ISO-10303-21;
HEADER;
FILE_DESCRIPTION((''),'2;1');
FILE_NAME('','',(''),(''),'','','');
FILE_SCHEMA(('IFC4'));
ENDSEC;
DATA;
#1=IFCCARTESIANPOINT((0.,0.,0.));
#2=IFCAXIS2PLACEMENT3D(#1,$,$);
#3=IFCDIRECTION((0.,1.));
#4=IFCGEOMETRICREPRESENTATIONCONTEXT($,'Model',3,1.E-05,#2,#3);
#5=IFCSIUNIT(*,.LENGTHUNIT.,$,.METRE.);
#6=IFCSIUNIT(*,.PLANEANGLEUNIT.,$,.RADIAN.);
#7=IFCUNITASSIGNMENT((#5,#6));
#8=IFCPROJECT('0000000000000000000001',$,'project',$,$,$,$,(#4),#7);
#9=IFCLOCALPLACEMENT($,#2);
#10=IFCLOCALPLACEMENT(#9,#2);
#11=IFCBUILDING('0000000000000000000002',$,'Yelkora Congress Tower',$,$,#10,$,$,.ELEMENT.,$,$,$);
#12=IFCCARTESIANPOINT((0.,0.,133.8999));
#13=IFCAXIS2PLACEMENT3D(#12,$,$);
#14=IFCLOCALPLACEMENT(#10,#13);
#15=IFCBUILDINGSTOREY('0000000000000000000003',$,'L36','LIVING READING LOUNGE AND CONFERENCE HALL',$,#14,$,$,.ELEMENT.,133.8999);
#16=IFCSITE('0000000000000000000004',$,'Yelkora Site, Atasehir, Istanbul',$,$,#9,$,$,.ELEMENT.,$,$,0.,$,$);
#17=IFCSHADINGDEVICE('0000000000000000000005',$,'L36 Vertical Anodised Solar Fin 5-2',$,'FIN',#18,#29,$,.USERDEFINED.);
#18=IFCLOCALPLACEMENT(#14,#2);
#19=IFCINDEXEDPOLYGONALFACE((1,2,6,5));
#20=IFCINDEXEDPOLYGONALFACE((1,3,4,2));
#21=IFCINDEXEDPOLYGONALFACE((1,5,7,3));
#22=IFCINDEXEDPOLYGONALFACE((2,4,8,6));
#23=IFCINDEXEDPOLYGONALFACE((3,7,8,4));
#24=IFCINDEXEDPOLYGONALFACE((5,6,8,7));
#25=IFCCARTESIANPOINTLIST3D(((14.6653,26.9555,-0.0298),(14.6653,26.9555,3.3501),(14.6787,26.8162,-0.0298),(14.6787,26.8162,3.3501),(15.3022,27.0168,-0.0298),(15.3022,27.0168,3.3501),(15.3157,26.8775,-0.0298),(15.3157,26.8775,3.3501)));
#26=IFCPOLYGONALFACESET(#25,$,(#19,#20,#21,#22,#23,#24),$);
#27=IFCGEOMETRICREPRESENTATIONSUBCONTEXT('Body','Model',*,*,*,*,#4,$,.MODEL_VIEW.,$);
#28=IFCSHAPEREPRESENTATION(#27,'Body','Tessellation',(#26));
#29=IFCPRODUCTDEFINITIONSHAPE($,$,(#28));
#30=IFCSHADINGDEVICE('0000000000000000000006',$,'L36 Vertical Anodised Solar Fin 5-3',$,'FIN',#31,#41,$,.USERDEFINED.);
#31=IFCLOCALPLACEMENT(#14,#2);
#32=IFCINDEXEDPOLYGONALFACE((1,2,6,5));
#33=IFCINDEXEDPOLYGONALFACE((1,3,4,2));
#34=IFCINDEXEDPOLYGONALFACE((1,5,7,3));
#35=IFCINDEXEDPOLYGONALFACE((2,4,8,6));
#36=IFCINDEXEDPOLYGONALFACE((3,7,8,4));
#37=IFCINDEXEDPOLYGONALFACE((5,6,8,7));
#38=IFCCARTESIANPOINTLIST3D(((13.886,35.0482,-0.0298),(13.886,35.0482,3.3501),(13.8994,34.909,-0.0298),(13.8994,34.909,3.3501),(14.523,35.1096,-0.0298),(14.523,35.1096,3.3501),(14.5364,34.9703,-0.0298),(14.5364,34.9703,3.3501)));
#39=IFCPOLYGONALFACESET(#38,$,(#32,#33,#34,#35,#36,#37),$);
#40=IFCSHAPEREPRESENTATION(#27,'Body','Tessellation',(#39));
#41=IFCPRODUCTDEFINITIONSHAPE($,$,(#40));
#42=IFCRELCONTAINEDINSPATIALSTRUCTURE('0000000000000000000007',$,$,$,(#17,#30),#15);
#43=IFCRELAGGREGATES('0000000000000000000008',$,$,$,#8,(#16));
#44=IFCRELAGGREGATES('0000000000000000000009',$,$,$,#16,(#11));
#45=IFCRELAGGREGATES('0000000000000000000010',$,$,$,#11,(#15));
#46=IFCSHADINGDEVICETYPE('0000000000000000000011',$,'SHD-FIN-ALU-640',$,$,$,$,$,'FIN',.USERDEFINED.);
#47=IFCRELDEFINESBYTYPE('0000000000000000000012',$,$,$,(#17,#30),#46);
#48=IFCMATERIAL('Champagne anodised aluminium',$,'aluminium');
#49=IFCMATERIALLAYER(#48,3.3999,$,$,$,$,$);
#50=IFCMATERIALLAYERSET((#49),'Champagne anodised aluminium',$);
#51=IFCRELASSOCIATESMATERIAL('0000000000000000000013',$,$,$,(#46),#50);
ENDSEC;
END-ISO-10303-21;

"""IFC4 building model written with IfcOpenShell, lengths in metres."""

from ifc_helpers import new_model, si_unit, direction, frame, origin, origin_2d, place, context, subcontext, project, spatial, rectangle, extrude, material, layer, layer_set, type_object, element, save


model = new_model("IFC4")

# Units and contexts
model_context = context("Model", 3, precision=1e-05, world=origin(), true_north=direction((0.0, 1.0)))
body_context = subcontext(model_context, "Body", "Model", "MODEL_VIEW")
ifc_project = project(units=[si_unit("LENGTHUNIT", "METRE"), si_unit("PLANEANGLEUNIT", "RADIAN")], contexts=[model_context])

# Site, building, storey
site_placement = place(None, origin())
site = spatial("IfcSite", under=ifc_project, at=site_placement, Name="Yelkora Site, Atasehir, Istanbul", CompositionType="ELEMENT", RefElevation=0.0)
building_placement = place(site_placement, origin())
building = spatial("IfcBuilding", under=site, at=building_placement, Name="Yelkora Congress Tower", CompositionType="ELEMENT")
storey_placement = place(building_placement, frame((0.0, 0.0, 133.8999)))
storey = spatial("IfcBuildingStorey", under=building, at=storey_placement, Name="L36", Description="LIVING READING LOUNGE AND CONFERENCE HALL", CompositionType="ELEMENT", Elevation=133.8999)

# Shading devices
ifc_material_1 = material(Name="Champagne anodised aluminium", Category="aluminium")
ifc_layer_1 = layer(ifc_material_1, 3.3999)
ifc_layer_set_1 = layer_set([ifc_layer_1], Name="Champagne anodised aluminium")
shading_device_type = type_object("IfcShadingDeviceType", Name="SHD-FIN-ALU-640", ElementType="FIN", PredefinedType="USERDEFINED", material=ifc_layer_set_1)
for number, where, z_axis, x_axis, name in (
    (1, (14.9905, 26.9165, -0.0298), (0.0, 0.0, 1.0), (-0.095846, 0.995396, 0.0), "L36 Vertical Anodised Solar Fin 5-2"),
    (2, (14.2112, 35.0093, -0.0298), (0.0, 0.0, 1.0), (-0.095846, 0.995396, 0.0), "L36 Vertical Anodised Solar Fin 5-3"),
):
    element("IfcShadingDevice", number, at=place(storey_placement, frame(where, z_axis=z_axis, x_axis=x_axis)), inside=storey, type_object=shading_device_type, Name=name, ObjectType="FIN", PredefinedType="USERDEFINED", context=body_context, shape_type="SweptSolid", body=[
        extrude(rectangle(XDim=0.1399, YDim=0.6399, at=origin_2d()), origin(), (0.0, 0.0, 1.0), 3.3799),
    ])

save(model, "model.ifc")
